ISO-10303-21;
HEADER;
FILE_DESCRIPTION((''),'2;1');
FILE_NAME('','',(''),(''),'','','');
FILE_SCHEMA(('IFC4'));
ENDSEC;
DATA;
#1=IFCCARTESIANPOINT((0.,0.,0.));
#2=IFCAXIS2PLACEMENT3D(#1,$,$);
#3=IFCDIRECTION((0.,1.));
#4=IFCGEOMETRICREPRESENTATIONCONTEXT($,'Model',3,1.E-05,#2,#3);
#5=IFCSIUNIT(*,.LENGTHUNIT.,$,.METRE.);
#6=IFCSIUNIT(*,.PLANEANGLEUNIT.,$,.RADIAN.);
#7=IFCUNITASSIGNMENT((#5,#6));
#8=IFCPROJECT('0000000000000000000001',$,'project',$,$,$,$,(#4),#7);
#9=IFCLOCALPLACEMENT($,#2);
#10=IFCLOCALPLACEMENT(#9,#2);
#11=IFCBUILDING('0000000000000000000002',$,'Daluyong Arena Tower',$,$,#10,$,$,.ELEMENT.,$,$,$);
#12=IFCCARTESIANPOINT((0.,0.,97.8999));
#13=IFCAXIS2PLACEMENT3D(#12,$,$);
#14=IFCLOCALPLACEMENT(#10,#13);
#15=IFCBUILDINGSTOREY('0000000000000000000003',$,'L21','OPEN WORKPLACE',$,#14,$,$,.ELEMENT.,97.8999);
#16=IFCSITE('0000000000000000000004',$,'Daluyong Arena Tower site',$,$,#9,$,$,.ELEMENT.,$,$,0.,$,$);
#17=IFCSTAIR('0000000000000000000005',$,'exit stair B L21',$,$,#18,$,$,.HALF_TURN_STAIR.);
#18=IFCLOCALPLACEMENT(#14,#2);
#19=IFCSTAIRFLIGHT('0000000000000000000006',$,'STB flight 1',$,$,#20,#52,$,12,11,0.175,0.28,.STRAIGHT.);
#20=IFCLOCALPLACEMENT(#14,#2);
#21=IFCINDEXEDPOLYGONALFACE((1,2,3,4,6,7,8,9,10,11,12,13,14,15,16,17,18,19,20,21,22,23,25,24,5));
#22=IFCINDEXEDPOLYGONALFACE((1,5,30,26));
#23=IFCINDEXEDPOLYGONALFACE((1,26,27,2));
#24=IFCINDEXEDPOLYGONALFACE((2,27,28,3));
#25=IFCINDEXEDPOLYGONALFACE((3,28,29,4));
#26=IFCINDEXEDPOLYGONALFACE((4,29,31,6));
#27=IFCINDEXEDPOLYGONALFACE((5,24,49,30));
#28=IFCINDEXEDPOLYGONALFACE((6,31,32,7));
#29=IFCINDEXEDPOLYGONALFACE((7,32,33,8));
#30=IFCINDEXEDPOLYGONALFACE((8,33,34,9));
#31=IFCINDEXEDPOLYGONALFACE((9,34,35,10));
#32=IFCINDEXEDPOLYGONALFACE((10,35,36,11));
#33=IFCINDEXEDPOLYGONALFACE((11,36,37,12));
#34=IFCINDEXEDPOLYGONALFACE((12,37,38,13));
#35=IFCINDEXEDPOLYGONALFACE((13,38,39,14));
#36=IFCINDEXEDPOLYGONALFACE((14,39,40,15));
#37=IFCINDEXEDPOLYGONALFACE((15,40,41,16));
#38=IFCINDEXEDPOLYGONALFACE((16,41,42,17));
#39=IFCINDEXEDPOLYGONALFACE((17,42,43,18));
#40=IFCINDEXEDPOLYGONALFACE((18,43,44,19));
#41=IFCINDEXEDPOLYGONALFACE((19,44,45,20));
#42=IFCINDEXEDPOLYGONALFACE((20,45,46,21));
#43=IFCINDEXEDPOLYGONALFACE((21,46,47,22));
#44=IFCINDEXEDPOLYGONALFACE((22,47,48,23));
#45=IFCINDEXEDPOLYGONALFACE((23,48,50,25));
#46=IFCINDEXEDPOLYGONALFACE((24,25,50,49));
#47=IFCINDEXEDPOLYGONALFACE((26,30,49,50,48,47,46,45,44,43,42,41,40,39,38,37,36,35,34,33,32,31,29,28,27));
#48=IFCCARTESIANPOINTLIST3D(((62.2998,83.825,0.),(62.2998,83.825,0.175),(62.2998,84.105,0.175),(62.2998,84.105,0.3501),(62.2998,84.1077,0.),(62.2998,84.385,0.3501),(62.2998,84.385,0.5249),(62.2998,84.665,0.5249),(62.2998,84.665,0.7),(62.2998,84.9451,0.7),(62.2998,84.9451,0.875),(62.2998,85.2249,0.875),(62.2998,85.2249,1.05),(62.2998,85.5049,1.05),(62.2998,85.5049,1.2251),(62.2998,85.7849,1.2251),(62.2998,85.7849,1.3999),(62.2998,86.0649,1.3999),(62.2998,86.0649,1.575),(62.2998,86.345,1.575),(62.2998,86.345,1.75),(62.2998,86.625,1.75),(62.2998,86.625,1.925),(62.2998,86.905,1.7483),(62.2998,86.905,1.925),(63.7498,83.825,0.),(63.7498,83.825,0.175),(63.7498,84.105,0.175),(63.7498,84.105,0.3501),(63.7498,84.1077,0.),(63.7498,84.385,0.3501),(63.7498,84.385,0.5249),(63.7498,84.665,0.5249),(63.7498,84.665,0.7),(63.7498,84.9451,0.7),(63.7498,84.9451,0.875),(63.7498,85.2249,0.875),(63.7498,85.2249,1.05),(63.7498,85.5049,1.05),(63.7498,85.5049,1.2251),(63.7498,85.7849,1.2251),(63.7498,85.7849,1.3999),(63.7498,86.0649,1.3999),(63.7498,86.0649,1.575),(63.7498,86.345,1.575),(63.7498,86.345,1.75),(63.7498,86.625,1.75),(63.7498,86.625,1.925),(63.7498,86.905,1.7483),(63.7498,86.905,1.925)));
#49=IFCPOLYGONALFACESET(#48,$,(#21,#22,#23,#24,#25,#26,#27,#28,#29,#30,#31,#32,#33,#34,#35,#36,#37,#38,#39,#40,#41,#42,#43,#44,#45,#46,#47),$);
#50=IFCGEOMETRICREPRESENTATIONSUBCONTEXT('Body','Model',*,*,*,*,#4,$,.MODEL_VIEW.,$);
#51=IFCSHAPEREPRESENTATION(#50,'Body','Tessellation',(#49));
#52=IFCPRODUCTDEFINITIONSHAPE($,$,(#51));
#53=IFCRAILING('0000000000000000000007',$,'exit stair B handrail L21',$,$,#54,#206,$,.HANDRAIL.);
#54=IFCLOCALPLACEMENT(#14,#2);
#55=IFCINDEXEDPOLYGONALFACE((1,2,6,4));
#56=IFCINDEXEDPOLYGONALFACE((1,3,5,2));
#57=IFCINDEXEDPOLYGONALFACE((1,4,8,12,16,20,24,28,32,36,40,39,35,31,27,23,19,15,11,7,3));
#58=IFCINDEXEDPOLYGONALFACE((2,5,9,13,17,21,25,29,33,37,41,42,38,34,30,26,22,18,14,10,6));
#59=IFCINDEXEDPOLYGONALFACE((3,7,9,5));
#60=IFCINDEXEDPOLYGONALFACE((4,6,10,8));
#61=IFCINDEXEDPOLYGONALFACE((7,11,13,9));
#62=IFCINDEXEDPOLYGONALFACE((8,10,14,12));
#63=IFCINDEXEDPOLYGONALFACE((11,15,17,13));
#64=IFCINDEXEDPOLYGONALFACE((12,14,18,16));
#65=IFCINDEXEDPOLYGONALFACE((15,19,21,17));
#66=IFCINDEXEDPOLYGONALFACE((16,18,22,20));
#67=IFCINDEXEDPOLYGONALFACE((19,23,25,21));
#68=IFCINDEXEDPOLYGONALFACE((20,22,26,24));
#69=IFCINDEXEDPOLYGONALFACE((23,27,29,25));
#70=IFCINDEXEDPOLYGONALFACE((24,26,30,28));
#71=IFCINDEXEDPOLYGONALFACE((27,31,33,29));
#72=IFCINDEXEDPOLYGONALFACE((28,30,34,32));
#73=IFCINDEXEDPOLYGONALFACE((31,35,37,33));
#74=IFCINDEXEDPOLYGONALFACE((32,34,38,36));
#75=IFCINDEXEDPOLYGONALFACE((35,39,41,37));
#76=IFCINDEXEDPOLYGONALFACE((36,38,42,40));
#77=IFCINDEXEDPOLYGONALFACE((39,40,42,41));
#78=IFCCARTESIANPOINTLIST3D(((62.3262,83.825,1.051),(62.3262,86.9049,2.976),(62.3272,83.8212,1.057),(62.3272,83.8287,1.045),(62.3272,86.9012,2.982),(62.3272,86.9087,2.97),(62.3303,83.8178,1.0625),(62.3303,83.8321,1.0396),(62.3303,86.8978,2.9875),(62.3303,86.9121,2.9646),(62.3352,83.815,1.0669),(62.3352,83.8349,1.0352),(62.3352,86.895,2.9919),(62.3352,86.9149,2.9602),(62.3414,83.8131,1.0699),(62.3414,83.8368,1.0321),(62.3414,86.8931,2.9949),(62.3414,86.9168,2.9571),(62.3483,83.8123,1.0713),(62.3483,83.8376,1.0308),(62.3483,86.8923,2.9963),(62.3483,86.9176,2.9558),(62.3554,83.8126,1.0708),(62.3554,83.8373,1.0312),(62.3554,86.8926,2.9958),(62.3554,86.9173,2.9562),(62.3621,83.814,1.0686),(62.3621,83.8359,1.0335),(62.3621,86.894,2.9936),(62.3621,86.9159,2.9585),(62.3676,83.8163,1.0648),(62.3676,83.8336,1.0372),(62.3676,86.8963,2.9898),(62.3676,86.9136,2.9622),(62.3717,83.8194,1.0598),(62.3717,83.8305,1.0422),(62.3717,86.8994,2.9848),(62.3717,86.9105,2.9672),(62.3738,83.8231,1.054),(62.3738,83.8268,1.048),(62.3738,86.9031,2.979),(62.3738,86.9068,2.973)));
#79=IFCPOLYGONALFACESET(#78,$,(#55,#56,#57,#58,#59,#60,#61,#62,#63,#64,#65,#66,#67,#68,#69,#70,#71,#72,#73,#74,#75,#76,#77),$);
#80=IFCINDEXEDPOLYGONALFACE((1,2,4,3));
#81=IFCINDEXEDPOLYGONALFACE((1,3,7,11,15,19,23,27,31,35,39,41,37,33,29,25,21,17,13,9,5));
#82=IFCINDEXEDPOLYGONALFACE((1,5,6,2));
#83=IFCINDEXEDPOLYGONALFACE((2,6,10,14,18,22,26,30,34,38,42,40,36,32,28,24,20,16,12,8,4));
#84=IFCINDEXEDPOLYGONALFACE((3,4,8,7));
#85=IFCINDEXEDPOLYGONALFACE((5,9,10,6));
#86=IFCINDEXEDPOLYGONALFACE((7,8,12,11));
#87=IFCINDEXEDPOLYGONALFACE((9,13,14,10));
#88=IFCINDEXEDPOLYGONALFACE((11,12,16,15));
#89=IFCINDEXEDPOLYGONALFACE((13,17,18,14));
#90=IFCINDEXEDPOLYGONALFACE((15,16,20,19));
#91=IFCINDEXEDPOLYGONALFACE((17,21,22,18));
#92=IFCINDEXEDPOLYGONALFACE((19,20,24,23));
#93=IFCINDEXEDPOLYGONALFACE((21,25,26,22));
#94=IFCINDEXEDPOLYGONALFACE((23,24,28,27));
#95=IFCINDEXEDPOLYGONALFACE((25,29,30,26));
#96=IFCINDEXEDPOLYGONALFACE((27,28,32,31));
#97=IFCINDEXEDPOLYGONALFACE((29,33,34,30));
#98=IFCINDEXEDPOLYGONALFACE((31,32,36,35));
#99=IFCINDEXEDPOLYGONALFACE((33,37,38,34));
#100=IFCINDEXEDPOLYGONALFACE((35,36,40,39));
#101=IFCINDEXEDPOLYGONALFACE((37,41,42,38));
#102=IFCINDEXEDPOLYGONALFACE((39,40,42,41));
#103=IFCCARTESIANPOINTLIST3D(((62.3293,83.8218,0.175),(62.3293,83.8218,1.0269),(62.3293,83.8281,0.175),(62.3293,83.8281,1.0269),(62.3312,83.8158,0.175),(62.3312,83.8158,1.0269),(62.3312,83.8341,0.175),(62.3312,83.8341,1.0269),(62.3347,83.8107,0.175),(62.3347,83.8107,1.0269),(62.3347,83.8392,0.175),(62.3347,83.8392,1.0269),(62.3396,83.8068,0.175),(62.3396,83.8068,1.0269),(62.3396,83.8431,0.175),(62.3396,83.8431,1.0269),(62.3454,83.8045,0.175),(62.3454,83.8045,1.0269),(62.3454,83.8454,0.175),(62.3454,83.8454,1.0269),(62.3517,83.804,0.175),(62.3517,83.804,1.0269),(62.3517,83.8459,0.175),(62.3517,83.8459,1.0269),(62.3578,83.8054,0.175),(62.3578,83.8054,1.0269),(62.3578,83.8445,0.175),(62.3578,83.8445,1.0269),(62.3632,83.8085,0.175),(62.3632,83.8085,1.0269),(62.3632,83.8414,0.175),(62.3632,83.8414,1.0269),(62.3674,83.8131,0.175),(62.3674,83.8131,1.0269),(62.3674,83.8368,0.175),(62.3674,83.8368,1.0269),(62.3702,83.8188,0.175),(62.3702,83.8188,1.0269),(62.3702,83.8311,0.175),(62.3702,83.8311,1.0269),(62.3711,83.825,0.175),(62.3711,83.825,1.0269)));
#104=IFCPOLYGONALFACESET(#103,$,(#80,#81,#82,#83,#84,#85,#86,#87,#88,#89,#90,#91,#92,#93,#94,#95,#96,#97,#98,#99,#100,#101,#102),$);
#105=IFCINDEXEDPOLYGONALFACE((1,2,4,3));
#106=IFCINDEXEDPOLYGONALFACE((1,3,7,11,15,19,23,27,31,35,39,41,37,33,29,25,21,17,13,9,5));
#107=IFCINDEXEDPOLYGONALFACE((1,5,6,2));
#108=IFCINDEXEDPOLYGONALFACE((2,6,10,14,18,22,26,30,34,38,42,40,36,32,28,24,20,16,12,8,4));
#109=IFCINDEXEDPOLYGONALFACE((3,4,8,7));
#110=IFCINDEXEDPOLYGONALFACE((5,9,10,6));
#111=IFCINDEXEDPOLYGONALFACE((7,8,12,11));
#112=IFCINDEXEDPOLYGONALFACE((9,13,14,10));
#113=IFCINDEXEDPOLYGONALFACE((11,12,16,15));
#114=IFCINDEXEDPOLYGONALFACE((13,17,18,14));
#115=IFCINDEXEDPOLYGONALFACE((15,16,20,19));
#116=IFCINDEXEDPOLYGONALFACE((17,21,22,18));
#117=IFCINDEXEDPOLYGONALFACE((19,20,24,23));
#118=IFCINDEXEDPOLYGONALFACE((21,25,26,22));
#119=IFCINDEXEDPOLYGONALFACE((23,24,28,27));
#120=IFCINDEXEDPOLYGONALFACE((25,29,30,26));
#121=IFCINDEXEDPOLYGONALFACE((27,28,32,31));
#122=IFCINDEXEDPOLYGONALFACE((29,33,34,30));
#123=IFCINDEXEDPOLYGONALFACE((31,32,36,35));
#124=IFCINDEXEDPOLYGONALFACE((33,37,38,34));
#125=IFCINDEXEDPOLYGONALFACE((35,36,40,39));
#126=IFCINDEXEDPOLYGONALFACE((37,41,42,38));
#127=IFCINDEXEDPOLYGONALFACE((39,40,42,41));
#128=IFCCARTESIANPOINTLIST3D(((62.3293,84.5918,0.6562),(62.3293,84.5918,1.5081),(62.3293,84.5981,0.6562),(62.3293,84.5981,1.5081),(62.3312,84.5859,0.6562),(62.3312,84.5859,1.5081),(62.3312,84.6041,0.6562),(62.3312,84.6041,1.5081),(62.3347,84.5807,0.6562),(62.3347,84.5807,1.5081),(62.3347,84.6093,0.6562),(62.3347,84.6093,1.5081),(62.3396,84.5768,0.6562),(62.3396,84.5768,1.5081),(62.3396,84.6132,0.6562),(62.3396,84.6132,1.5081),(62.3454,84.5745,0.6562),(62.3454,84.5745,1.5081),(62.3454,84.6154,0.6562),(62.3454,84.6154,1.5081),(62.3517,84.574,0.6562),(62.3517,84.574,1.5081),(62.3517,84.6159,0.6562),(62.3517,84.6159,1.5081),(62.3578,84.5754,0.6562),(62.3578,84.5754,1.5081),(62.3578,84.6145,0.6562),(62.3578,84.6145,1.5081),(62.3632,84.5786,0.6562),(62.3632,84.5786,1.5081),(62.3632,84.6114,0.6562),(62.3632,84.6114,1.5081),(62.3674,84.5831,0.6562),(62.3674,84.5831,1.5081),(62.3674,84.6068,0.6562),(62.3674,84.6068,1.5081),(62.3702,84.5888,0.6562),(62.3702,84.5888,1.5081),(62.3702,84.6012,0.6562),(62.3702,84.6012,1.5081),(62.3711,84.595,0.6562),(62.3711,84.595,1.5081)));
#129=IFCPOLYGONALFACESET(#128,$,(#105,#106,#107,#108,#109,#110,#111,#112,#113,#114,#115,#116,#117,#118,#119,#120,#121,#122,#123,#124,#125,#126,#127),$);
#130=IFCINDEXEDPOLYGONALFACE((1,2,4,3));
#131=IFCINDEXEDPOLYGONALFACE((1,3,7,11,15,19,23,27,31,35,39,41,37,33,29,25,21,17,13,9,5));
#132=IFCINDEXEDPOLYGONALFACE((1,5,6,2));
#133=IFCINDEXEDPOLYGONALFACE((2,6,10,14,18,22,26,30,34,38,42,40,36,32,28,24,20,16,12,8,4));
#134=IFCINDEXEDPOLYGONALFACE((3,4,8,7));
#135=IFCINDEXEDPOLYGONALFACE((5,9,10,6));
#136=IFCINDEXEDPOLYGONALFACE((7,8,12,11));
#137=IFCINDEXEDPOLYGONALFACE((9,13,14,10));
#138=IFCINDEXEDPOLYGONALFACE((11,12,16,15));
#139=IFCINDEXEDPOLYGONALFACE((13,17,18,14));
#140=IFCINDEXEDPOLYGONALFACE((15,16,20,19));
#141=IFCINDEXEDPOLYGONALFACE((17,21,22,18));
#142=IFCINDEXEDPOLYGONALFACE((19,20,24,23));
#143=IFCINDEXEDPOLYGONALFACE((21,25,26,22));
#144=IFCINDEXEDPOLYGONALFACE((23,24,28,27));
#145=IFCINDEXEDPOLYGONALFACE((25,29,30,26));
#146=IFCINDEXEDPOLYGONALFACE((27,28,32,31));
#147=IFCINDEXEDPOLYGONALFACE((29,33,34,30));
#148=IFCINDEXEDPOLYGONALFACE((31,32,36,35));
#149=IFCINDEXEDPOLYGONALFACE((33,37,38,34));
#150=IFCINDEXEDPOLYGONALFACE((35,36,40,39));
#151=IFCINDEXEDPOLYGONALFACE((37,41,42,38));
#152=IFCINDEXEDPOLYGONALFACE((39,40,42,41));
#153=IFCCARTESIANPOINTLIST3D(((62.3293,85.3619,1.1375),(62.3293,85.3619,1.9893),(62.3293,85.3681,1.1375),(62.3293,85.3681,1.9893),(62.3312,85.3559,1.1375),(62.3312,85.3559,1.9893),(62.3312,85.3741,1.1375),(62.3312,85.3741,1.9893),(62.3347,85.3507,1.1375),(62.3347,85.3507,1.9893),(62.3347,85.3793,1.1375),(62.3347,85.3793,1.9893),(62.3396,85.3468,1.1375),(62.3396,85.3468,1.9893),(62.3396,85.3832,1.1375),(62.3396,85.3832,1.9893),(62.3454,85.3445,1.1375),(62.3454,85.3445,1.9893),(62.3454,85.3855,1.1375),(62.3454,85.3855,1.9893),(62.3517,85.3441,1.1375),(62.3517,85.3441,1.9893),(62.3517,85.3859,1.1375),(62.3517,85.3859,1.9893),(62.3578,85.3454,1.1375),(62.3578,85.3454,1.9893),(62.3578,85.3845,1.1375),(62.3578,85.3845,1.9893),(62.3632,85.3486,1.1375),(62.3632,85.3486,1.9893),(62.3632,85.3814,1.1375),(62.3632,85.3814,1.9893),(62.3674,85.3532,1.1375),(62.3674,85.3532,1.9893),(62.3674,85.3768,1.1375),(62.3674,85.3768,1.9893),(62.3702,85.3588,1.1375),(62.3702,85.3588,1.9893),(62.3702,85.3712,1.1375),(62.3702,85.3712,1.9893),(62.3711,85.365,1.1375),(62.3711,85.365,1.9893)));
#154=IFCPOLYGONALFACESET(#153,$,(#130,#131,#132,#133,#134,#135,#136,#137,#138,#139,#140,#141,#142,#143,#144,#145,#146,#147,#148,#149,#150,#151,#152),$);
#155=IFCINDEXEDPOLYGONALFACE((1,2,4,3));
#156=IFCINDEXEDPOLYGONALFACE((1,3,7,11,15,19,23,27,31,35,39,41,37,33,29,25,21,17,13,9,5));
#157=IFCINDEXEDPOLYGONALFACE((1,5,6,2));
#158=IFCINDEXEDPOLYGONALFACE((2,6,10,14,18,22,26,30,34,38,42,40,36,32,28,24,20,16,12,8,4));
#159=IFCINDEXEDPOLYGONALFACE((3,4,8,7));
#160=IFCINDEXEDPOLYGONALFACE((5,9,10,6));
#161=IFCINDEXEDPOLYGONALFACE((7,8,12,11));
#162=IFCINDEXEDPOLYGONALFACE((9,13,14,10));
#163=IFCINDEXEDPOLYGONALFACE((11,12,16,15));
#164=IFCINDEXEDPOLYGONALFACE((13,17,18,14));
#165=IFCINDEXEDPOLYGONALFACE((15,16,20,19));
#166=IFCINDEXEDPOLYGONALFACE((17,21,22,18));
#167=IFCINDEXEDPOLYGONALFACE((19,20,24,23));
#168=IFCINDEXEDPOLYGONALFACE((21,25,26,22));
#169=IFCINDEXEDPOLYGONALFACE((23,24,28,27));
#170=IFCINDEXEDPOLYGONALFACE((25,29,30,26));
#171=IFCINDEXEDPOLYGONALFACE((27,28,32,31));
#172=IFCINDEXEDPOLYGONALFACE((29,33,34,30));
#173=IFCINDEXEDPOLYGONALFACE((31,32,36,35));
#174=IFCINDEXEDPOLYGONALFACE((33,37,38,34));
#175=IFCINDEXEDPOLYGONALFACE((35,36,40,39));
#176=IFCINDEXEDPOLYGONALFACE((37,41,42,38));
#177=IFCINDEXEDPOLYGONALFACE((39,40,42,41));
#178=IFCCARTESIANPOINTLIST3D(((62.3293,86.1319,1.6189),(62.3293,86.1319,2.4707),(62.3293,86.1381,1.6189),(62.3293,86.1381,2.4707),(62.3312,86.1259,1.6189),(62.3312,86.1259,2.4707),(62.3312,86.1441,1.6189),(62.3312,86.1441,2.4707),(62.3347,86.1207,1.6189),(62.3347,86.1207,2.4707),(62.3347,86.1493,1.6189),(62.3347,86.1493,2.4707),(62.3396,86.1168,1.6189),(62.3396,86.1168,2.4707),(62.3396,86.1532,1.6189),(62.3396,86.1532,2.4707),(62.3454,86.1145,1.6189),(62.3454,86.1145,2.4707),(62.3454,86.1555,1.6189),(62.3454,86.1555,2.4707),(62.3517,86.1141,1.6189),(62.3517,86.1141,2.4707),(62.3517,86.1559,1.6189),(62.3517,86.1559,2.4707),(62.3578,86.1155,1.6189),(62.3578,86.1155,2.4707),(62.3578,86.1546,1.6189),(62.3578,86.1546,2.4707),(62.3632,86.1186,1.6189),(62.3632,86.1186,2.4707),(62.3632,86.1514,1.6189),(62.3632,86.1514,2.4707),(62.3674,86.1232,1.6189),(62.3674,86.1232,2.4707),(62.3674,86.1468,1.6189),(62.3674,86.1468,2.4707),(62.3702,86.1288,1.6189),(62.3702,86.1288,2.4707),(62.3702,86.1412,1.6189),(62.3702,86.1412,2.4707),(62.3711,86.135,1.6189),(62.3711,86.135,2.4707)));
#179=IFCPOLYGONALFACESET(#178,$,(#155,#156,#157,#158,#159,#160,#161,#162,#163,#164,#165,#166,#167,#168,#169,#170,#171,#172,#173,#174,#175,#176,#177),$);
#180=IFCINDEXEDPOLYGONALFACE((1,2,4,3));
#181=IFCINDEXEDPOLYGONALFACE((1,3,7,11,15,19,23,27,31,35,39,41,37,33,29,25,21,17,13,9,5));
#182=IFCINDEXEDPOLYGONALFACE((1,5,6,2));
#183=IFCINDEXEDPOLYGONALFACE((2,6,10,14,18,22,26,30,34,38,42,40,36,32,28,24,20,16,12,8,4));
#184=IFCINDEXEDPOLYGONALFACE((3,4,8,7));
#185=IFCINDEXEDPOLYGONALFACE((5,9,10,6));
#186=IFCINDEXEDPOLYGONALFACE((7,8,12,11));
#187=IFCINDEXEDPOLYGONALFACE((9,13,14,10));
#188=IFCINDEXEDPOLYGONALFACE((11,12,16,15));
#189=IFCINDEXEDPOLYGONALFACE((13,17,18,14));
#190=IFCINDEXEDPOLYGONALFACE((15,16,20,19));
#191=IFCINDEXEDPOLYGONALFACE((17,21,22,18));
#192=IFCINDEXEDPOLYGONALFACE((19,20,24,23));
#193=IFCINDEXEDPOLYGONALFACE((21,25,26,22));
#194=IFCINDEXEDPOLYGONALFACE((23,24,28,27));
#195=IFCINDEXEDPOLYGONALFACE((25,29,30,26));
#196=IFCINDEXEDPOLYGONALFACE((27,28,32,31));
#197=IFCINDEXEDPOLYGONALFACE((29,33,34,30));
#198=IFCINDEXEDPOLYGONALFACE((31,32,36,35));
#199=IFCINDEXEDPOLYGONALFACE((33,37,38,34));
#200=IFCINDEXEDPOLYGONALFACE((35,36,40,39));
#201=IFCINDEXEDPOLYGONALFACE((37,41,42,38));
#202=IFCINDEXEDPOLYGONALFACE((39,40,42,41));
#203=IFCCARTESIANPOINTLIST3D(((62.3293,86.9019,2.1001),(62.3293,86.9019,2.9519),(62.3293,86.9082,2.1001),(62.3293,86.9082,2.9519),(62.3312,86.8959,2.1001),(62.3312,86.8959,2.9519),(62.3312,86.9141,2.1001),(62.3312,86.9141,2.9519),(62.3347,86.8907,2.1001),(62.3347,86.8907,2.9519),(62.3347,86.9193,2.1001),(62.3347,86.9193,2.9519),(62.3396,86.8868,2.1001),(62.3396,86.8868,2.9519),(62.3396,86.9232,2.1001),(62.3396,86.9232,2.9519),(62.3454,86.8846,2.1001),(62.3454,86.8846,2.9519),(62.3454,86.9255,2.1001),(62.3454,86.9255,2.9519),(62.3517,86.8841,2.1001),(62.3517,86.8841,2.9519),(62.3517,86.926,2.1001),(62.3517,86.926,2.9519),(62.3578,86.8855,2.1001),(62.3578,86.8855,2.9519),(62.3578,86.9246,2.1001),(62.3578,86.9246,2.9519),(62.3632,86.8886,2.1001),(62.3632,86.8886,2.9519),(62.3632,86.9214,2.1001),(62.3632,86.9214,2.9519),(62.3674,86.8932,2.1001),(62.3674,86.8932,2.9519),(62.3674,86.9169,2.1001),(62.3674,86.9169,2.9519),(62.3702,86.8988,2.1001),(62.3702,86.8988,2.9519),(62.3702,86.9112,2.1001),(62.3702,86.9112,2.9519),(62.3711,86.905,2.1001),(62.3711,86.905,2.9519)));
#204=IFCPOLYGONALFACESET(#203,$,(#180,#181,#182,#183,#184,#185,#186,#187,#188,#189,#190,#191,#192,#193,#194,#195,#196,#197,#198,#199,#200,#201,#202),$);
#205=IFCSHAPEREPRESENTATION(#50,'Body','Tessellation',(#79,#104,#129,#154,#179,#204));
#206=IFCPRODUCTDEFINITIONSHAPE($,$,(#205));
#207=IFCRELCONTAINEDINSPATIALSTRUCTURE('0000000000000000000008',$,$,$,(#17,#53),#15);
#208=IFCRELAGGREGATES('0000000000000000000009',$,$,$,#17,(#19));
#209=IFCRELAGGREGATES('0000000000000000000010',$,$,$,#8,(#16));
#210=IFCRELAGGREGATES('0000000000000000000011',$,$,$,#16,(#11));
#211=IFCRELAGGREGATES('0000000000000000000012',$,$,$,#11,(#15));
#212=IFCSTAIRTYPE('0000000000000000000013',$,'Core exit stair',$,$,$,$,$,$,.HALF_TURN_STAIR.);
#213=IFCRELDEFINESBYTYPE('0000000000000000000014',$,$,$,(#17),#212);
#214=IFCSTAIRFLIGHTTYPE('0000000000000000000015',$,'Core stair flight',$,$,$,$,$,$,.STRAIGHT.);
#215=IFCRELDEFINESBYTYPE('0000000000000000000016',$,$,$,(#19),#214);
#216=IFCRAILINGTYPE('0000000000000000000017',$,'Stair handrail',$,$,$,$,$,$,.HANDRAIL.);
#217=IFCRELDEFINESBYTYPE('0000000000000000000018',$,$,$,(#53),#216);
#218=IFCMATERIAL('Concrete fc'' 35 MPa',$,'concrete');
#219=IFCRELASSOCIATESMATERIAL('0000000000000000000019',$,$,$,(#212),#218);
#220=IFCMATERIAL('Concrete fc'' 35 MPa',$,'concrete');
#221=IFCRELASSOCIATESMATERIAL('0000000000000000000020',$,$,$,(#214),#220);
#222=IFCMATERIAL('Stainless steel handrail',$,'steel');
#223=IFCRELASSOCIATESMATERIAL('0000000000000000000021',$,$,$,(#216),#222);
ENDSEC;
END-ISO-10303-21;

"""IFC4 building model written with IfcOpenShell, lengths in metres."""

from ifc_helpers import new_model, si_unit, direction, frame, origin, origin_2d, place, context, subcontext, project, spatial, polyline, circle, outline, extrude, material, type_object, element, aggregate, save


model = new_model("IFC4")

# Units and contexts
model_context = context("Model", 3, precision=1e-05, world=origin(), true_north=direction((0.0, 1.0)))
body_context = subcontext(model_context, "Body", "Model", "MODEL_VIEW")
ifc_project = project(units=[si_unit("LENGTHUNIT", "METRE"), si_unit("PLANEANGLEUNIT", "RADIAN")], contexts=[model_context])

# Site, building, storey
site_placement = place(None, origin())
site = spatial("IfcSite", under=ifc_project, at=site_placement, Name="Daluyong Arena Tower site", CompositionType="ELEMENT", RefElevation=0.0)
building_placement = place(site_placement, origin())
building = spatial("IfcBuilding", under=site, at=building_placement, Name="Daluyong Arena Tower", CompositionType="ELEMENT")
storey_placement = place(building_placement, frame((0.0, 0.0, 97.8999)))
storey = spatial("IfcBuildingStorey", under=building, at=storey_placement, Name="L21", Description="OPEN WORKPLACE", CompositionType="ELEMENT", Elevation=97.8999)

# Stair, stair flight
ifc_material_1 = material(Name="Concrete fc' 35 MPa", Category="concrete")
stair_type = type_object("IfcStairType", Name="Core exit stair", PredefinedType="HALF_TURN_STAIR", material=ifc_material_1)
stair_placement = place(storey_placement, origin())
stair = element("IfcStair", 1, at=stair_placement, inside=storey, type_object=stair_type, Name="exit stair B L21", PredefinedType="HALF_TURN_STAIR")
ifc_material_2 = material(Name="Concrete fc' 35 MPa", Category="concrete")
stair_flight_type = type_object("IfcStairFlightType", Name="Core stair flight", PredefinedType="STRAIGHT", material=ifc_material_2)
stair_flight_placement = place(storey_placement, frame((63.0249, 83.825, 0.0), z_axis=(0.0, 0.0, 1.0), x_axis=(0.0, 1.0, 0.0)))
stair_flight = element("IfcStairFlight", 2, at=stair_flight_placement, type_object=stair_flight_type, Name="STB flight 1", NumberOfRisers=12, NumberOfTreads=11, PredefinedType="STRAIGHT", RiserHeight=0.175, TreadLength=0.28, context=body_context, shape_type="SweptSolid", body=[
    extrude(outline(polyline([(0.0, 0.0), (0.0, 0.175), (0.28, 0.175), (0.28, 0.3501), (0.5601, 0.3501), (0.5601, 0.5249), (0.8401, 0.5249), (0.8401, 0.7), (1.1201, 0.7), (1.1201, 0.875), (1.3999, 0.875), (1.3999, 1.05), (1.6799, 1.05), (1.6799, 1.2251), (1.96, 1.2251), (1.96, 1.3999), (2.24, 1.3999), (2.24, 1.575), (2.52, 1.575), (2.52, 1.75), (2.8, 1.75), (2.8, 1.925), (3.0801, 1.925), (3.0801, 2.1001), (3.0801, 1.7483), (0.2827, 0.0), (0.0, 0.0)])), frame((0.0, 0.7251, 0.0), z_axis=(0.0, -1.0, 0.0), x_axis=(1.0, 0.0, 0.0)), (0.0, 0.0, 1.0), 1.45),
])
aggregate(stair, [stair_flight])

# Railing
ifc_material_3 = material(Name="Stainless steel handrail", Category="steel")
railing_type_1 = type_object("IfcRailingType", Name="Stair handrail", PredefinedType="HANDRAIL", material=ifc_material_3)
railing_1_placement = place(storey_placement, frame((62.3501, 83.825, 0.175)))
element("IfcRailing", 3, at=railing_1_placement, inside=storey, type_object=railing_type_1, Name="exit stair B handrail L21", PredefinedType="HANDRAIL", context=body_context, shape_type="SweptSolid", body=[
    extrude(circle(Radius=0.0239, at=origin_2d()), frame((0.0, 0.0, 0.876), z_axis=(0.0, 0.847998, 0.529999), x_axis=(-1.0, 0.0, 0.0)), (0.0, 0.0, 1.0), 3.6321),
    extrude(circle(Radius=0.021, at=origin_2d()), origin(), (0.0, 0.0, 1.0), 0.8518),
    extrude(circle(Radius=0.021, at=origin_2d()), frame((0.0, 0.77, 0.4812)), (0.0, 0.0, 1.0), 0.8518),
    extrude(circle(Radius=0.021, at=origin_2d()), frame((0.0, 1.54, 0.9624)), (0.0, 0.0, 1.0), 0.8518),
    extrude(circle(Radius=0.021, at=origin_2d()), frame((0.0, 2.3101, 1.4438)), (0.0, 0.0, 1.0), 0.8518),
    extrude(circle(Radius=0.021, at=origin_2d()), frame((0.0, 3.0801, 1.925)), (0.0, 0.0, 1.0), 0.8518),
])

save(model, "model.ifc")
